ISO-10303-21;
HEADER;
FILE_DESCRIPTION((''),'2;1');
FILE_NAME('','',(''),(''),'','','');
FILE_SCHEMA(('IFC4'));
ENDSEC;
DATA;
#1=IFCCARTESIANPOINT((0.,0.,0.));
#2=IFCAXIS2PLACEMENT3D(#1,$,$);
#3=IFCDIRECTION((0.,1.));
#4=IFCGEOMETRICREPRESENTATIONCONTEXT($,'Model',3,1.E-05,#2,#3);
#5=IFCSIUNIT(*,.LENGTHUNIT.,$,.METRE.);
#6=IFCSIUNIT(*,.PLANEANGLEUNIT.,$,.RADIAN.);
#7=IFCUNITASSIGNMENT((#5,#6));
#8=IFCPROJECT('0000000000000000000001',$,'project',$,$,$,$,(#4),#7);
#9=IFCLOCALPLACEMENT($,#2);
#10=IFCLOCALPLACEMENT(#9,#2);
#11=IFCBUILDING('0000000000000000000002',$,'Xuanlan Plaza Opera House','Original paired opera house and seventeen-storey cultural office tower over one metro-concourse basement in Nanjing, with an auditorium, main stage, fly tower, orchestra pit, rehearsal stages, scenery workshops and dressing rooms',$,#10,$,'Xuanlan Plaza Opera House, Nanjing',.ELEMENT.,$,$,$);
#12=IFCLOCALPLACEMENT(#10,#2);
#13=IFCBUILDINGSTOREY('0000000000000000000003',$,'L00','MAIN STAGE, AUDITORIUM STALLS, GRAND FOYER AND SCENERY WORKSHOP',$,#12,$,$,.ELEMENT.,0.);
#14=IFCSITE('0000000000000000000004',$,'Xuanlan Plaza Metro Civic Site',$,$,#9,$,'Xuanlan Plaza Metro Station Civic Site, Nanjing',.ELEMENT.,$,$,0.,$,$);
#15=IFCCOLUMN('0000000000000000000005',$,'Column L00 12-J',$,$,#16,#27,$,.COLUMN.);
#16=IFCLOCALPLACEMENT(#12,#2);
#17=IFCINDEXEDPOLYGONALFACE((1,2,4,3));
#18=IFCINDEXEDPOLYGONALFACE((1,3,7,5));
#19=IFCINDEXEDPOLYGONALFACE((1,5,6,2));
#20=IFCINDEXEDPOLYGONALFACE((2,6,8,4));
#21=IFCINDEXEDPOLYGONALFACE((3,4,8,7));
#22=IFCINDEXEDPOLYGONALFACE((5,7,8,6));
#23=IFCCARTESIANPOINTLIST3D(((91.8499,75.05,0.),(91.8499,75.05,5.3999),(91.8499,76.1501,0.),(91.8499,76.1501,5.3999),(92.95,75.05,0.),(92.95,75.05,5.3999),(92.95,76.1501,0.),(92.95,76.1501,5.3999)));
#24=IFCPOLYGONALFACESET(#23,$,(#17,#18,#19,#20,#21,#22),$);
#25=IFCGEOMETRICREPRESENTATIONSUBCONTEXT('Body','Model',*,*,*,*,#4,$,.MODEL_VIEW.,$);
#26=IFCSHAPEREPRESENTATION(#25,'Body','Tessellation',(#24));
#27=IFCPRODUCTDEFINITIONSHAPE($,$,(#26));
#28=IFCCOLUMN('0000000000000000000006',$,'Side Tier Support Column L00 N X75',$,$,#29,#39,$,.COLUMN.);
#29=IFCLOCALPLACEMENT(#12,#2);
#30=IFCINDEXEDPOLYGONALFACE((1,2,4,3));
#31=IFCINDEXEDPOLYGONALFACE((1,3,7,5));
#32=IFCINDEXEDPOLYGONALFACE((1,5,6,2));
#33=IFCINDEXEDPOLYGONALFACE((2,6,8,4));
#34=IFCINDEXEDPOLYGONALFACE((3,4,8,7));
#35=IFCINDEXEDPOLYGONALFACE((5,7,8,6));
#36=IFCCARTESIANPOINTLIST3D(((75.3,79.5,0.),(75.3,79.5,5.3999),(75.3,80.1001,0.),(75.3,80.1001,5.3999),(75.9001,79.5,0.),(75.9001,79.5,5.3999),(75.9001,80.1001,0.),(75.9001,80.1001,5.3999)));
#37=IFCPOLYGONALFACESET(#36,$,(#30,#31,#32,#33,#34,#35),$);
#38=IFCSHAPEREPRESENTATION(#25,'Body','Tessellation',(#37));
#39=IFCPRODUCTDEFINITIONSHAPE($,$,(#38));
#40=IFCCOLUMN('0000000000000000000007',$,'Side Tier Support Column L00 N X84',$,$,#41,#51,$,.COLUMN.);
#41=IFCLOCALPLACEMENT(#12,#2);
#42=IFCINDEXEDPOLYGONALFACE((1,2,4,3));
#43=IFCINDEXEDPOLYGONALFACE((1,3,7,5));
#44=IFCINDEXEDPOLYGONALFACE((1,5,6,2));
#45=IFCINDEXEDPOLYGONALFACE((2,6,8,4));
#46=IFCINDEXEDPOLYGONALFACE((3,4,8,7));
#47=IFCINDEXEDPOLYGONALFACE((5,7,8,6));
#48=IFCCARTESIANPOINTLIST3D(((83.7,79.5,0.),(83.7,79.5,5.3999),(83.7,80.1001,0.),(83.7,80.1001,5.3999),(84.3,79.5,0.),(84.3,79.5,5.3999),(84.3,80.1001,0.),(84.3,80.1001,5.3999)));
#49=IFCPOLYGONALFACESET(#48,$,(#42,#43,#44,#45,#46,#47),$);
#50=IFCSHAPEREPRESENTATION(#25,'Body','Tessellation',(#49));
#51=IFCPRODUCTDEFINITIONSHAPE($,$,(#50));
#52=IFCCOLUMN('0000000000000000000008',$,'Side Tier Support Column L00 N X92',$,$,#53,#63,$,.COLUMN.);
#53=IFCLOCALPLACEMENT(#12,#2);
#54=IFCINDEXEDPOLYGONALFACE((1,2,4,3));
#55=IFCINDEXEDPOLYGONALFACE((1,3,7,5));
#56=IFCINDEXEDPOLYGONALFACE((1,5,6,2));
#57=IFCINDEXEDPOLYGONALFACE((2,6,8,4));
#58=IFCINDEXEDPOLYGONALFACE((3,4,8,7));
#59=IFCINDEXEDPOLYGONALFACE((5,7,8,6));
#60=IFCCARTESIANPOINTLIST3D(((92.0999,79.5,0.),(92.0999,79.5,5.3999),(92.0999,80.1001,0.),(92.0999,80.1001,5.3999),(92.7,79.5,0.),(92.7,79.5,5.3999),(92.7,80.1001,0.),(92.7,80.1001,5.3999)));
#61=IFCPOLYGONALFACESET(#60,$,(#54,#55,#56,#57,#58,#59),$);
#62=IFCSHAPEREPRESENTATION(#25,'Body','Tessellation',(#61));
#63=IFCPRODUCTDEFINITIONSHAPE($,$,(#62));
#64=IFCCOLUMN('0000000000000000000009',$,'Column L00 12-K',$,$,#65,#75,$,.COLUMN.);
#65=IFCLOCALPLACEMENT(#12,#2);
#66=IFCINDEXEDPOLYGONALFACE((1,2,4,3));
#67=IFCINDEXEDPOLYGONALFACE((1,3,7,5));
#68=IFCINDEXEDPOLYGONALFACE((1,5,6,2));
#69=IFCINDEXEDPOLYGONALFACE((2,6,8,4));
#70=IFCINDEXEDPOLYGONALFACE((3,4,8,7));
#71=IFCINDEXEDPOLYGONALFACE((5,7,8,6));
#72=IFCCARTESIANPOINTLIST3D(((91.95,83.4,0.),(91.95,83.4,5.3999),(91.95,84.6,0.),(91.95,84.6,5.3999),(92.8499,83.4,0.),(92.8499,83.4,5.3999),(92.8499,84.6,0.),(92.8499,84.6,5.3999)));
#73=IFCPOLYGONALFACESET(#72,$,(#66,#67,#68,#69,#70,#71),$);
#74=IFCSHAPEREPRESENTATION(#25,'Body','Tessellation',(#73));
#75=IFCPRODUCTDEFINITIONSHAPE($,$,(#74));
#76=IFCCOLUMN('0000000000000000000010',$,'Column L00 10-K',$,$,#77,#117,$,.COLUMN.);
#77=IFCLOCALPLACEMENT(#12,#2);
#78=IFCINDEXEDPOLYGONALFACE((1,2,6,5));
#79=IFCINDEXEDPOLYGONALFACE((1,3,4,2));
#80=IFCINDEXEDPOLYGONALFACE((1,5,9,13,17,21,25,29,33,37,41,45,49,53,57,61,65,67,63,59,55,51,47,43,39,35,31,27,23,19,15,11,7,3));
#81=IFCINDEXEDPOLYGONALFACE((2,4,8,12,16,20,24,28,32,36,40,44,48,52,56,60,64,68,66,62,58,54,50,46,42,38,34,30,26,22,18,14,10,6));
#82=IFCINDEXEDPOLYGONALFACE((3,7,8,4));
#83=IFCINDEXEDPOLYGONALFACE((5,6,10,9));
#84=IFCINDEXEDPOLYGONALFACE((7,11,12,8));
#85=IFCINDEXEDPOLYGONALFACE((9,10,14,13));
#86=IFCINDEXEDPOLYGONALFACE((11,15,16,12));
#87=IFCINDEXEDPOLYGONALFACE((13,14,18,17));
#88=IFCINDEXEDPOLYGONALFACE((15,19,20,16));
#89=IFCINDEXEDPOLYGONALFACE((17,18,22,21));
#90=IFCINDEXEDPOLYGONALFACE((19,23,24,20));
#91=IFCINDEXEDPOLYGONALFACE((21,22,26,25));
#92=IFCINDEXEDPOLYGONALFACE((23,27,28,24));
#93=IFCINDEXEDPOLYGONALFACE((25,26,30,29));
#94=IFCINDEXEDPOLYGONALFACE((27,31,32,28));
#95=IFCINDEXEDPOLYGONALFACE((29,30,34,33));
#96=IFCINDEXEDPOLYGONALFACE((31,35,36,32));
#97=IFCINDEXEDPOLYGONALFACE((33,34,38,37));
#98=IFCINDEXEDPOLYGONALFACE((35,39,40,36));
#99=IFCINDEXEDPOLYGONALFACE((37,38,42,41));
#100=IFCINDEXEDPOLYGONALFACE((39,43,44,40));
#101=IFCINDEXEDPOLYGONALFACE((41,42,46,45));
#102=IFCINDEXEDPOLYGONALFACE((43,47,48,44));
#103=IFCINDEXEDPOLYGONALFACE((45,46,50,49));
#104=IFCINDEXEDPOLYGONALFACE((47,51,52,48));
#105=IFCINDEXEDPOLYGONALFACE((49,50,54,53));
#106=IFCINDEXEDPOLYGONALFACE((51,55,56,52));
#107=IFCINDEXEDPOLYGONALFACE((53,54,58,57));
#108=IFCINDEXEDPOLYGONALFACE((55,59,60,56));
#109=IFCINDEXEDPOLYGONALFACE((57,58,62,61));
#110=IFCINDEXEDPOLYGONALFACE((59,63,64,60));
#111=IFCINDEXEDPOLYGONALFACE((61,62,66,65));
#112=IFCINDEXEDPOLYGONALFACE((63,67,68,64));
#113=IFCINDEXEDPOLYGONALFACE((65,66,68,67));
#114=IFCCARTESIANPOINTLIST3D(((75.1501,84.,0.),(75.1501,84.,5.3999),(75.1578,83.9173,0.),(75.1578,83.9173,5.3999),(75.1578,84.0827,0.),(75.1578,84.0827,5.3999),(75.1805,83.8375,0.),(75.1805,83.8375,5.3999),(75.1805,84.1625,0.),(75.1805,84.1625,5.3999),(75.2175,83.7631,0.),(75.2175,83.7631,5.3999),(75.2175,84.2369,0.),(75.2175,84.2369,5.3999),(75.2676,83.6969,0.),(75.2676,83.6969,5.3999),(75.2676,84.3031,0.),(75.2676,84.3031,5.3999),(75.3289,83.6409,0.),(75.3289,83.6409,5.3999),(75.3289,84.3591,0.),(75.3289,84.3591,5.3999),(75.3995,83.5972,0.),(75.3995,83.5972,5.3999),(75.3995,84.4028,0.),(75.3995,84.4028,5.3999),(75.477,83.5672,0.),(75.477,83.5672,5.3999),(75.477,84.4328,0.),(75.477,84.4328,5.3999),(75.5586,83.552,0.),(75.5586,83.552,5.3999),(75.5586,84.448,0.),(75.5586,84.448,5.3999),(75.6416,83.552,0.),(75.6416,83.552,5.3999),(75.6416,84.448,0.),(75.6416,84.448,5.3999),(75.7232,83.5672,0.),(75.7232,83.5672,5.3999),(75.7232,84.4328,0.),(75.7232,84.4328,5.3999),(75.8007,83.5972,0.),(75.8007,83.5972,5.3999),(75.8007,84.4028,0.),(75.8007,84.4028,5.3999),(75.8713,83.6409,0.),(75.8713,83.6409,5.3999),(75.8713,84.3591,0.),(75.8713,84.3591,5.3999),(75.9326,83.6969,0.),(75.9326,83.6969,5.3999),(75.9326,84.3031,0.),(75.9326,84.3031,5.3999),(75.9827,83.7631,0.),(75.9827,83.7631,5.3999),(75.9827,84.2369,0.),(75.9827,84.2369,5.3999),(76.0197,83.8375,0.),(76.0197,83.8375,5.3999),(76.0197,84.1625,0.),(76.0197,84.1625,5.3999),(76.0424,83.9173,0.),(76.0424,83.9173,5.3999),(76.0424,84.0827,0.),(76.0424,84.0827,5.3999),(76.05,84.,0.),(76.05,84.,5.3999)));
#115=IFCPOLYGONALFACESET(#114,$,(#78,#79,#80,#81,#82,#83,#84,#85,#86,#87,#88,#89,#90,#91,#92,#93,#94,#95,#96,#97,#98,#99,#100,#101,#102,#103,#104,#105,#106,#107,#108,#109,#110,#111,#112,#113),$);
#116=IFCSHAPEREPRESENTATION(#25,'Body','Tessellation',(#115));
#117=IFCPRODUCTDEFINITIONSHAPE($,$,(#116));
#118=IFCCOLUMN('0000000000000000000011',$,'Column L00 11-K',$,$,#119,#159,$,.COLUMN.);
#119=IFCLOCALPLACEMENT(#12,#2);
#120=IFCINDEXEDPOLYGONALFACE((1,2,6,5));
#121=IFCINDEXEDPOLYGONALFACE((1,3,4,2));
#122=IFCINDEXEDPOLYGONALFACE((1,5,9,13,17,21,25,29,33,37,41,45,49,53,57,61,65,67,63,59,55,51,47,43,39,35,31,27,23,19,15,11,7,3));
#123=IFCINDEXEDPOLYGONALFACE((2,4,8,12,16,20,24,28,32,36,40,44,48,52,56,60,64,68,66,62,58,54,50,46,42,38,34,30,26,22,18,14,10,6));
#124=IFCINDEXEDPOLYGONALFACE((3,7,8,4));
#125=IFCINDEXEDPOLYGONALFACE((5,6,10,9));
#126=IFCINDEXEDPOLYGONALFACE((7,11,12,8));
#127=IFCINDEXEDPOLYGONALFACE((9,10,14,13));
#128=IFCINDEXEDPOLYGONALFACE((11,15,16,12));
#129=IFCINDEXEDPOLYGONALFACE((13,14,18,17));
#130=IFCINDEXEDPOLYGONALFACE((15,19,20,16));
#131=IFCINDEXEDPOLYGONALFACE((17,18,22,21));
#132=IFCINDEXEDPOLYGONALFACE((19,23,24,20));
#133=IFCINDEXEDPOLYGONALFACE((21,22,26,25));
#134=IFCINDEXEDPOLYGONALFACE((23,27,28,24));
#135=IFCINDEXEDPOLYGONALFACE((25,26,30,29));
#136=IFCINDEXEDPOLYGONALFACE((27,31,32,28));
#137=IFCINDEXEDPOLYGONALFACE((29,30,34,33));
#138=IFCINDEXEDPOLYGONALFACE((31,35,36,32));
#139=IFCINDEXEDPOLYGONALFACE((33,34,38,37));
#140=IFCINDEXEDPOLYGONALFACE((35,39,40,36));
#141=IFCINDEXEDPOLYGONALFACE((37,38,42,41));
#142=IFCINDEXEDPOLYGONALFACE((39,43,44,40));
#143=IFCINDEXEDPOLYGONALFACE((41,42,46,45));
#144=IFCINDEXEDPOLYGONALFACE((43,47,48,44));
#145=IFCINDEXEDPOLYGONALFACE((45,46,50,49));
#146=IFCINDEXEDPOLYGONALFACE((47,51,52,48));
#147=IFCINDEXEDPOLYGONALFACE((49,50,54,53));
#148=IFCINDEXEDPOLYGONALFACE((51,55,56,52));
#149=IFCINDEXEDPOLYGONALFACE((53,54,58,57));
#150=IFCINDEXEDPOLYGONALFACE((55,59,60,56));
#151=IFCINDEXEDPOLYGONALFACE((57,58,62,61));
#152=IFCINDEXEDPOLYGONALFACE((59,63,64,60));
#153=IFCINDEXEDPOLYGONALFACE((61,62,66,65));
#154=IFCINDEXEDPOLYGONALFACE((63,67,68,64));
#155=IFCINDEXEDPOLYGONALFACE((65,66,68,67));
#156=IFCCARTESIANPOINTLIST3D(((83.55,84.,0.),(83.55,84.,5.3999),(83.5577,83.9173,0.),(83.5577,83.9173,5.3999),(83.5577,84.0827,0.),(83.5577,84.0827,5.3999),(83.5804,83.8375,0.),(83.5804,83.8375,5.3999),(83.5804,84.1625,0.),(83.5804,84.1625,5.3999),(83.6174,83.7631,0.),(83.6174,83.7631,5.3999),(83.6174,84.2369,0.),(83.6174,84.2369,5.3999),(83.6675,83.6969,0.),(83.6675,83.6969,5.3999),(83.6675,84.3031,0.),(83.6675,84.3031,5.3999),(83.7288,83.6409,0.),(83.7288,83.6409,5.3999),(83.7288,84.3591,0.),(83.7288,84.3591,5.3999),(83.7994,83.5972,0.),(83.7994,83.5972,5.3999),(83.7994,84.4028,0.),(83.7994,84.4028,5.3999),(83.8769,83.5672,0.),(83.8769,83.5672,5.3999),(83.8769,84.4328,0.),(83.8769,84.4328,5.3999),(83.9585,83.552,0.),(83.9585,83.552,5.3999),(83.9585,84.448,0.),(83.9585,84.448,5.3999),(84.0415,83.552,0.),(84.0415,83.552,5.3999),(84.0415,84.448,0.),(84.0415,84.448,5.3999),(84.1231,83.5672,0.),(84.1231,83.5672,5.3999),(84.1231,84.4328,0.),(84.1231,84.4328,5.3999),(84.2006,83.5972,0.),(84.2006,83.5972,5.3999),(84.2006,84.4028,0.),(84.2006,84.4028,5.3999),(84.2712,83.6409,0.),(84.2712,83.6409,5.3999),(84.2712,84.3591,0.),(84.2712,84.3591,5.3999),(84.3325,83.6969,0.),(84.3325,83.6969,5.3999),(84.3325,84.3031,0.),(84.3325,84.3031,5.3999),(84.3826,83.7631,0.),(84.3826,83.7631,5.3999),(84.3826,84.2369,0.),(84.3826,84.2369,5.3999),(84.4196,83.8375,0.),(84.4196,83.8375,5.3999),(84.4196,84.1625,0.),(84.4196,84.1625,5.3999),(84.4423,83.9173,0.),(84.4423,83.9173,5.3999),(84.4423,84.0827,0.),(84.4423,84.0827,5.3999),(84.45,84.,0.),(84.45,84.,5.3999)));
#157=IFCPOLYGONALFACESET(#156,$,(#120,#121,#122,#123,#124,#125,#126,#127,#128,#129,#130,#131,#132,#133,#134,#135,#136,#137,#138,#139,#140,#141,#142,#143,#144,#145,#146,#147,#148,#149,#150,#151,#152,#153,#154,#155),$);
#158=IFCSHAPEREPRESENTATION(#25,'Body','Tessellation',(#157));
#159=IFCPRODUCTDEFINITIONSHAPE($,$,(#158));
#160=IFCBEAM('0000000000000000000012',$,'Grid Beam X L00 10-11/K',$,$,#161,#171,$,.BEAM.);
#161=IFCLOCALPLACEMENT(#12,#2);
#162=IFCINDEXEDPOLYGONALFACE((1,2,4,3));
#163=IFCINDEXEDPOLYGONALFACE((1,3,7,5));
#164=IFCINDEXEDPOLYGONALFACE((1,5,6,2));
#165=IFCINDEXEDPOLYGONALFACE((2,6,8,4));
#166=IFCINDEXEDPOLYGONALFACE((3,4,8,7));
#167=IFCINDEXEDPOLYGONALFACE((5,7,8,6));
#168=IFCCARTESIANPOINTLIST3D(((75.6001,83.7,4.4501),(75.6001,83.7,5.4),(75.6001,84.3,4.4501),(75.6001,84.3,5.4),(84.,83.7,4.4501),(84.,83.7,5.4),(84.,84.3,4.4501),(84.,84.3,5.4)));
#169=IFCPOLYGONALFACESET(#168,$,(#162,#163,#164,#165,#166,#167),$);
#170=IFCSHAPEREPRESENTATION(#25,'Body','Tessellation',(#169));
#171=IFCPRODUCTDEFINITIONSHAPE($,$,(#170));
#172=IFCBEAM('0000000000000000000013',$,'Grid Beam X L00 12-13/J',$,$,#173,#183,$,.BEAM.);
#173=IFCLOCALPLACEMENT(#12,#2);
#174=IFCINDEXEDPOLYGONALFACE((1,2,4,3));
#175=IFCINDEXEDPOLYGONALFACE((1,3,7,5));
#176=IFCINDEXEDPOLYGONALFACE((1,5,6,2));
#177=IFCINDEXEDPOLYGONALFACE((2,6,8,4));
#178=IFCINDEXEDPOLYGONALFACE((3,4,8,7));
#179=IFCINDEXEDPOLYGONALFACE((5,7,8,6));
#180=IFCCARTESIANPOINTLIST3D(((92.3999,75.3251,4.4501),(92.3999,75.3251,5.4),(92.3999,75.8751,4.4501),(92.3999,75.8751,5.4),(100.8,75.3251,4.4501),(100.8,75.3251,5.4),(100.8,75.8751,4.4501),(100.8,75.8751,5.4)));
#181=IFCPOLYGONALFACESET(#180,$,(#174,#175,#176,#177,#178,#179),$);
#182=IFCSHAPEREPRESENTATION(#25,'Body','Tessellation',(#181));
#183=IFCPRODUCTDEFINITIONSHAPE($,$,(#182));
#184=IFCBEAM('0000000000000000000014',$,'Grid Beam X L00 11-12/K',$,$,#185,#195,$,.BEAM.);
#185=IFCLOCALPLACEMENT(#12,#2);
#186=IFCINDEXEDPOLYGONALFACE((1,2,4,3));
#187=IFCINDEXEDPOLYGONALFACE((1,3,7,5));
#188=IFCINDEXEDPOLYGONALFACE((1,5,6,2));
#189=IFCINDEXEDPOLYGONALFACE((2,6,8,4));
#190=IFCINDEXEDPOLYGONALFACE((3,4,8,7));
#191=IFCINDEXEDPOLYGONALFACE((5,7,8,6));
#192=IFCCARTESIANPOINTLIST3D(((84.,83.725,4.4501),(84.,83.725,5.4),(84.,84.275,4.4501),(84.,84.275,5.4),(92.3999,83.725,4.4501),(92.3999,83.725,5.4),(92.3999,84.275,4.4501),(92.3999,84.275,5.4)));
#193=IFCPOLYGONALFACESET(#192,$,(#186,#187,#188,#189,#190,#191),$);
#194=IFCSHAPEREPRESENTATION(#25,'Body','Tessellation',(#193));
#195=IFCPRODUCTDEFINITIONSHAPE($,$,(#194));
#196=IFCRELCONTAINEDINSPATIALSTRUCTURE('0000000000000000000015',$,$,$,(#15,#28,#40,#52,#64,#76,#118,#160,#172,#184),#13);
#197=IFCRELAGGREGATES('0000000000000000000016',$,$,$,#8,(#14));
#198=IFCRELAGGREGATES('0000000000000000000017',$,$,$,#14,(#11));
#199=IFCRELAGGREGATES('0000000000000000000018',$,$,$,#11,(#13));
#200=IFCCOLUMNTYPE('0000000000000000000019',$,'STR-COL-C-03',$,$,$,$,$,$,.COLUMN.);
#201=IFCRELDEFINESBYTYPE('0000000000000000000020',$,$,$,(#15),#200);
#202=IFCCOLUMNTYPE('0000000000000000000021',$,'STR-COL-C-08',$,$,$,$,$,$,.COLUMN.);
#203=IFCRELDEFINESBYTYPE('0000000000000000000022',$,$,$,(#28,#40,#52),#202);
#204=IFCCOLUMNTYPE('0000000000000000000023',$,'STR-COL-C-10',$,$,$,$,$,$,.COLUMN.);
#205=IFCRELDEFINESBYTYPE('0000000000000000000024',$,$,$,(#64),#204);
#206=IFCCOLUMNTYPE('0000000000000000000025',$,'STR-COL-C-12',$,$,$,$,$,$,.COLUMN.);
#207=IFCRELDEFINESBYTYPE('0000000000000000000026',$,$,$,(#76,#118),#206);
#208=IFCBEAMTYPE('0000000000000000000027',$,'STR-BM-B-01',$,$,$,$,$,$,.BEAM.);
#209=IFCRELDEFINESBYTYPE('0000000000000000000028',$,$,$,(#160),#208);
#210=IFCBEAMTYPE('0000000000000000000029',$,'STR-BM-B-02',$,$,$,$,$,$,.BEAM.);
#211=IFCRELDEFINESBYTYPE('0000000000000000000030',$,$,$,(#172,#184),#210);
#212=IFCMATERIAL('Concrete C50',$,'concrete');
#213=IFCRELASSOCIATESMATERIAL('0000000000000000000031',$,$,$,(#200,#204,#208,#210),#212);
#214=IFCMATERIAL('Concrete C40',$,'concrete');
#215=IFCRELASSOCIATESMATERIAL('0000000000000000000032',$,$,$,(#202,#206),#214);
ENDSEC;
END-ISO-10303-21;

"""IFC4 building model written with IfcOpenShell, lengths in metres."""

from ifc_helpers import new_model, si_unit, direction, frame, origin, origin_2d, place, context, subcontext, project, spatial, rectangle, circle, extrude, material, material_profile, profile_set, type_object, element, save


model = new_model("IFC4")

# Units and contexts
model_context = context("Model", 3, precision=1e-05, world=origin(), true_north=direction((0.0, 1.0)))
body_context = subcontext(model_context, "Body", "Model", "MODEL_VIEW")
ifc_project = project(units=[si_unit("LENGTHUNIT", "METRE"), si_unit("PLANEANGLEUNIT", "RADIAN")], contexts=[model_context])

# Site, building, storey
site_placement = place(None, origin())
site = spatial("IfcSite", under=ifc_project, at=site_placement, Name="Xuanlan Plaza Metro Civic Site", LongName="Xuanlan Plaza Metro Station Civic Site, Nanjing", CompositionType="ELEMENT", RefElevation=0.0)
building_placement = place(site_placement, origin())
building = spatial("IfcBuilding", under=site, at=building_placement, Name="Xuanlan Plaza Opera House", Description="Original paired opera house and seventeen-storey cultural office tower over one metro-concourse basement in Nanjing, with an auditorium, main stage, fly tower, orchestra pit, rehearsal stages, scenery workshops and dressing rooms", LongName="Xuanlan Plaza Opera House, Nanjing", CompositionType="ELEMENT")
storey_placement = place(building_placement, origin())
storey = spatial("IfcBuildingStorey", under=building, at=storey_placement, Name="L00", Description="MAIN STAGE, AUDITORIUM STALLS, GRAND FOYER AND SCENERY WORKSHOP", CompositionType="ELEMENT", Elevation=0.0)

# Columns
ifc_material_1 = material(Name="Concrete C50", Category="concrete")
ifc_material_profile_1 = material_profile(ifc_material_1, rectangle(XDim=1.1001, YDim=1.1001, at=origin_2d()), Name="RC-COL 1100x1100")
ifc_profile_set_1 = profile_set([ifc_material_profile_1], Name="Concrete C50")
column_type_1 = type_object("IfcColumnType", Name="STR-COL-C-03", PredefinedType="COLUMN", material=ifc_profile_set_1)
column_1_placement = place(storey_placement, frame((92.3999, 75.6001, 0.0), z_axis=(0.0, 0.0, 1.0), x_axis=(1.0, 0.0, 0.0)))
element("IfcColumn", 1, at=column_1_placement, inside=storey, type_object=column_type_1, Name="Column L00 12-J", PredefinedType="COLUMN", context=body_context, shape_type="SweptSolid", body=[
    extrude(rectangle(XDim=1.1001, YDim=1.1001, at=origin_2d()), origin(), (0.0, 0.0, 1.0), 5.3999),
])
ifc_material_2 = material(Name="Concrete C40", Category="concrete")
ifc_material_profile_2 = material_profile(ifc_material_2, rectangle(XDim=0.6001, YDim=0.6001, at=origin_2d()), Name="RC-COL 600x600")
ifc_profile_set_2 = profile_set([ifc_material_profile_2], Name="Concrete C40")
column_type_2 = type_object("IfcColumnType", Name="STR-COL-C-08", PredefinedType="COLUMN", material=ifc_profile_set_2)
for number, where, z_axis, x_axis, name in (
    (2, (75.6001, 79.8, 0.0), (0.0, 0.0, 1.0), (1.0, 0.0, 0.0), "Side Tier Support Column L00 N X75"),
    (3, (84.0, 79.8, 0.0), (0.0, 0.0, 1.0), (1.0, 0.0, 0.0), "Side Tier Support Column L00 N X84"),
    (4, (92.3999, 79.8, 0.0), (0.0, 0.0, 1.0), (1.0, 0.0, 0.0), "Side Tier Support Column L00 N X92"),
):
    element("IfcColumn", number, at=place(storey_placement, frame(where, z_axis=z_axis, x_axis=x_axis)), inside=storey, type_object=column_type_2, Name=name, PredefinedType="COLUMN", context=body_context, shape_type="SweptSolid", body=[
        extrude(rectangle(XDim=0.6001, YDim=0.6001, at=origin_2d()), origin(), (0.0, 0.0, 1.0), 5.3999),
    ])
ifc_material_profile_3 = material_profile(ifc_material_1, rectangle(XDim=0.8999, YDim=1.2, at=origin_2d()), Name="RC-COL 900x1200")
ifc_profile_set_3 = profile_set([ifc_material_profile_3], Name="Concrete C50")
column_type_3 = type_object("IfcColumnType", Name="STR-COL-C-10", PredefinedType="COLUMN", material=ifc_profile_set_3)
column_2_placement = place(storey_placement, frame((92.3999, 84.0, 0.0), z_axis=(0.0, 0.0, 1.0), x_axis=(1.0, 0.0, 0.0)))
element("IfcColumn", 5, at=column_2_placement, inside=storey, type_object=column_type_3, Name="Column L00 12-K", PredefinedType="COLUMN", context=body_context, shape_type="SweptSolid", body=[
    extrude(rectangle(XDim=0.8999, YDim=1.2, at=origin_2d()), origin(), (0.0, 0.0, 1.0), 5.3999),
])
ifc_material_profile_4 = material_profile(ifc_material_2, circle(Radius=0.45, at=origin_2d()), Name="RC-COL D900")
ifc_profile_set_4 = profile_set([ifc_material_profile_4], Name="Concrete C40")
column_type_4 = type_object("IfcColumnType", Name="STR-COL-C-12", PredefinedType="COLUMN", material=ifc_profile_set_4)
for number, where, z_axis, x_axis, name in (
    (6, (75.6001, 84.0, 0.0), (0.0, 0.0, 1.0), (1.0, 0.0, 0.0), "Column L00 10-K"),
    (7, (84.0, 84.0, 0.0), (0.0, 0.0, 1.0), (1.0, 0.0, 0.0), "Column L00 11-K"),
):
    element("IfcColumn", number, at=place(storey_placement, frame(where, z_axis=z_axis, x_axis=x_axis)), inside=storey, type_object=column_type_4, Name=name, PredefinedType="COLUMN", context=body_context, shape_type="SweptSolid", body=[
        extrude(circle(Radius=0.45, at=origin_2d()), origin(), (0.0, 0.0, 1.0), 5.3999),
    ])

# Beams
ifc_material_profile_5 = material_profile(ifc_material_1, rectangle(XDim=0.6001, YDim=0.95, at=origin_2d()), Name="RC-BM 600x950")
ifc_profile_set_5 = profile_set([ifc_material_profile_5], Name="Concrete C50")
beam_type_1 = type_object("IfcBeamType", Name="STR-BM-B-01", PredefinedType="BEAM", material=ifc_profile_set_5)
beam_1_placement = place(storey_placement, frame((75.6001, 84.0, 4.925), z_axis=(1.0, 0.0, 0.0), x_axis=(0.0, 1.0, 0.0)))
element("IfcBeam", 8, at=beam_1_placement, inside=storey, type_object=beam_type_1, Name="Grid Beam X L00 10-11/K", PredefinedType="BEAM", context=body_context, shape_type="SweptSolid", body=[
    extrude(rectangle(XDim=0.6001, YDim=0.95, at=origin_2d()), origin(), (0.0, 0.0, 1.0), 8.3999),
])
ifc_material_profile_6 = material_profile(ifc_material_1, rectangle(XDim=0.55, YDim=0.95, at=origin_2d()), Name="RC-BM 550x950")
ifc_profile_set_6 = profile_set([ifc_material_profile_6], Name="Concrete C50")
beam_type_2 = type_object("IfcBeamType", Name="STR-BM-B-02", PredefinedType="BEAM", material=ifc_profile_set_6)
beam_2_placement = place(storey_placement, frame((92.3999, 75.6001, 4.925), z_axis=(1.0, 0.0, 0.0), x_axis=(0.0, 1.0, 0.0)))
element("IfcBeam", 9, at=beam_2_placement, inside=storey, type_object=beam_type_2, Name="Grid Beam X L00 12-13/J", PredefinedType="BEAM", context=body_context, shape_type="SweptSolid", body=[
    extrude(rectangle(XDim=0.55, YDim=0.95, at=origin_2d()), origin(), (0.0, 0.0, 1.0), 8.4001),
])
for number, where, z_axis, x_axis, name in (
    (10, (84.0, 84.0, 4.925), (1.0, 0.0, 0.0), (0.0, 1.0, 0.0), "Grid Beam X L00 11-12/K"),
):
    element("IfcBeam", number, at=place(storey_placement, frame(where, z_axis=z_axis, x_axis=x_axis)), inside=storey, type_object=beam_type_2, Name=name, PredefinedType="BEAM", context=body_context, shape_type="SweptSolid", body=[
        extrude(rectangle(XDim=0.55, YDim=0.95, at=origin_2d()), origin(), (0.0, 0.0, 1.0), 8.3999),
    ])

save(model, "model.ifc")
